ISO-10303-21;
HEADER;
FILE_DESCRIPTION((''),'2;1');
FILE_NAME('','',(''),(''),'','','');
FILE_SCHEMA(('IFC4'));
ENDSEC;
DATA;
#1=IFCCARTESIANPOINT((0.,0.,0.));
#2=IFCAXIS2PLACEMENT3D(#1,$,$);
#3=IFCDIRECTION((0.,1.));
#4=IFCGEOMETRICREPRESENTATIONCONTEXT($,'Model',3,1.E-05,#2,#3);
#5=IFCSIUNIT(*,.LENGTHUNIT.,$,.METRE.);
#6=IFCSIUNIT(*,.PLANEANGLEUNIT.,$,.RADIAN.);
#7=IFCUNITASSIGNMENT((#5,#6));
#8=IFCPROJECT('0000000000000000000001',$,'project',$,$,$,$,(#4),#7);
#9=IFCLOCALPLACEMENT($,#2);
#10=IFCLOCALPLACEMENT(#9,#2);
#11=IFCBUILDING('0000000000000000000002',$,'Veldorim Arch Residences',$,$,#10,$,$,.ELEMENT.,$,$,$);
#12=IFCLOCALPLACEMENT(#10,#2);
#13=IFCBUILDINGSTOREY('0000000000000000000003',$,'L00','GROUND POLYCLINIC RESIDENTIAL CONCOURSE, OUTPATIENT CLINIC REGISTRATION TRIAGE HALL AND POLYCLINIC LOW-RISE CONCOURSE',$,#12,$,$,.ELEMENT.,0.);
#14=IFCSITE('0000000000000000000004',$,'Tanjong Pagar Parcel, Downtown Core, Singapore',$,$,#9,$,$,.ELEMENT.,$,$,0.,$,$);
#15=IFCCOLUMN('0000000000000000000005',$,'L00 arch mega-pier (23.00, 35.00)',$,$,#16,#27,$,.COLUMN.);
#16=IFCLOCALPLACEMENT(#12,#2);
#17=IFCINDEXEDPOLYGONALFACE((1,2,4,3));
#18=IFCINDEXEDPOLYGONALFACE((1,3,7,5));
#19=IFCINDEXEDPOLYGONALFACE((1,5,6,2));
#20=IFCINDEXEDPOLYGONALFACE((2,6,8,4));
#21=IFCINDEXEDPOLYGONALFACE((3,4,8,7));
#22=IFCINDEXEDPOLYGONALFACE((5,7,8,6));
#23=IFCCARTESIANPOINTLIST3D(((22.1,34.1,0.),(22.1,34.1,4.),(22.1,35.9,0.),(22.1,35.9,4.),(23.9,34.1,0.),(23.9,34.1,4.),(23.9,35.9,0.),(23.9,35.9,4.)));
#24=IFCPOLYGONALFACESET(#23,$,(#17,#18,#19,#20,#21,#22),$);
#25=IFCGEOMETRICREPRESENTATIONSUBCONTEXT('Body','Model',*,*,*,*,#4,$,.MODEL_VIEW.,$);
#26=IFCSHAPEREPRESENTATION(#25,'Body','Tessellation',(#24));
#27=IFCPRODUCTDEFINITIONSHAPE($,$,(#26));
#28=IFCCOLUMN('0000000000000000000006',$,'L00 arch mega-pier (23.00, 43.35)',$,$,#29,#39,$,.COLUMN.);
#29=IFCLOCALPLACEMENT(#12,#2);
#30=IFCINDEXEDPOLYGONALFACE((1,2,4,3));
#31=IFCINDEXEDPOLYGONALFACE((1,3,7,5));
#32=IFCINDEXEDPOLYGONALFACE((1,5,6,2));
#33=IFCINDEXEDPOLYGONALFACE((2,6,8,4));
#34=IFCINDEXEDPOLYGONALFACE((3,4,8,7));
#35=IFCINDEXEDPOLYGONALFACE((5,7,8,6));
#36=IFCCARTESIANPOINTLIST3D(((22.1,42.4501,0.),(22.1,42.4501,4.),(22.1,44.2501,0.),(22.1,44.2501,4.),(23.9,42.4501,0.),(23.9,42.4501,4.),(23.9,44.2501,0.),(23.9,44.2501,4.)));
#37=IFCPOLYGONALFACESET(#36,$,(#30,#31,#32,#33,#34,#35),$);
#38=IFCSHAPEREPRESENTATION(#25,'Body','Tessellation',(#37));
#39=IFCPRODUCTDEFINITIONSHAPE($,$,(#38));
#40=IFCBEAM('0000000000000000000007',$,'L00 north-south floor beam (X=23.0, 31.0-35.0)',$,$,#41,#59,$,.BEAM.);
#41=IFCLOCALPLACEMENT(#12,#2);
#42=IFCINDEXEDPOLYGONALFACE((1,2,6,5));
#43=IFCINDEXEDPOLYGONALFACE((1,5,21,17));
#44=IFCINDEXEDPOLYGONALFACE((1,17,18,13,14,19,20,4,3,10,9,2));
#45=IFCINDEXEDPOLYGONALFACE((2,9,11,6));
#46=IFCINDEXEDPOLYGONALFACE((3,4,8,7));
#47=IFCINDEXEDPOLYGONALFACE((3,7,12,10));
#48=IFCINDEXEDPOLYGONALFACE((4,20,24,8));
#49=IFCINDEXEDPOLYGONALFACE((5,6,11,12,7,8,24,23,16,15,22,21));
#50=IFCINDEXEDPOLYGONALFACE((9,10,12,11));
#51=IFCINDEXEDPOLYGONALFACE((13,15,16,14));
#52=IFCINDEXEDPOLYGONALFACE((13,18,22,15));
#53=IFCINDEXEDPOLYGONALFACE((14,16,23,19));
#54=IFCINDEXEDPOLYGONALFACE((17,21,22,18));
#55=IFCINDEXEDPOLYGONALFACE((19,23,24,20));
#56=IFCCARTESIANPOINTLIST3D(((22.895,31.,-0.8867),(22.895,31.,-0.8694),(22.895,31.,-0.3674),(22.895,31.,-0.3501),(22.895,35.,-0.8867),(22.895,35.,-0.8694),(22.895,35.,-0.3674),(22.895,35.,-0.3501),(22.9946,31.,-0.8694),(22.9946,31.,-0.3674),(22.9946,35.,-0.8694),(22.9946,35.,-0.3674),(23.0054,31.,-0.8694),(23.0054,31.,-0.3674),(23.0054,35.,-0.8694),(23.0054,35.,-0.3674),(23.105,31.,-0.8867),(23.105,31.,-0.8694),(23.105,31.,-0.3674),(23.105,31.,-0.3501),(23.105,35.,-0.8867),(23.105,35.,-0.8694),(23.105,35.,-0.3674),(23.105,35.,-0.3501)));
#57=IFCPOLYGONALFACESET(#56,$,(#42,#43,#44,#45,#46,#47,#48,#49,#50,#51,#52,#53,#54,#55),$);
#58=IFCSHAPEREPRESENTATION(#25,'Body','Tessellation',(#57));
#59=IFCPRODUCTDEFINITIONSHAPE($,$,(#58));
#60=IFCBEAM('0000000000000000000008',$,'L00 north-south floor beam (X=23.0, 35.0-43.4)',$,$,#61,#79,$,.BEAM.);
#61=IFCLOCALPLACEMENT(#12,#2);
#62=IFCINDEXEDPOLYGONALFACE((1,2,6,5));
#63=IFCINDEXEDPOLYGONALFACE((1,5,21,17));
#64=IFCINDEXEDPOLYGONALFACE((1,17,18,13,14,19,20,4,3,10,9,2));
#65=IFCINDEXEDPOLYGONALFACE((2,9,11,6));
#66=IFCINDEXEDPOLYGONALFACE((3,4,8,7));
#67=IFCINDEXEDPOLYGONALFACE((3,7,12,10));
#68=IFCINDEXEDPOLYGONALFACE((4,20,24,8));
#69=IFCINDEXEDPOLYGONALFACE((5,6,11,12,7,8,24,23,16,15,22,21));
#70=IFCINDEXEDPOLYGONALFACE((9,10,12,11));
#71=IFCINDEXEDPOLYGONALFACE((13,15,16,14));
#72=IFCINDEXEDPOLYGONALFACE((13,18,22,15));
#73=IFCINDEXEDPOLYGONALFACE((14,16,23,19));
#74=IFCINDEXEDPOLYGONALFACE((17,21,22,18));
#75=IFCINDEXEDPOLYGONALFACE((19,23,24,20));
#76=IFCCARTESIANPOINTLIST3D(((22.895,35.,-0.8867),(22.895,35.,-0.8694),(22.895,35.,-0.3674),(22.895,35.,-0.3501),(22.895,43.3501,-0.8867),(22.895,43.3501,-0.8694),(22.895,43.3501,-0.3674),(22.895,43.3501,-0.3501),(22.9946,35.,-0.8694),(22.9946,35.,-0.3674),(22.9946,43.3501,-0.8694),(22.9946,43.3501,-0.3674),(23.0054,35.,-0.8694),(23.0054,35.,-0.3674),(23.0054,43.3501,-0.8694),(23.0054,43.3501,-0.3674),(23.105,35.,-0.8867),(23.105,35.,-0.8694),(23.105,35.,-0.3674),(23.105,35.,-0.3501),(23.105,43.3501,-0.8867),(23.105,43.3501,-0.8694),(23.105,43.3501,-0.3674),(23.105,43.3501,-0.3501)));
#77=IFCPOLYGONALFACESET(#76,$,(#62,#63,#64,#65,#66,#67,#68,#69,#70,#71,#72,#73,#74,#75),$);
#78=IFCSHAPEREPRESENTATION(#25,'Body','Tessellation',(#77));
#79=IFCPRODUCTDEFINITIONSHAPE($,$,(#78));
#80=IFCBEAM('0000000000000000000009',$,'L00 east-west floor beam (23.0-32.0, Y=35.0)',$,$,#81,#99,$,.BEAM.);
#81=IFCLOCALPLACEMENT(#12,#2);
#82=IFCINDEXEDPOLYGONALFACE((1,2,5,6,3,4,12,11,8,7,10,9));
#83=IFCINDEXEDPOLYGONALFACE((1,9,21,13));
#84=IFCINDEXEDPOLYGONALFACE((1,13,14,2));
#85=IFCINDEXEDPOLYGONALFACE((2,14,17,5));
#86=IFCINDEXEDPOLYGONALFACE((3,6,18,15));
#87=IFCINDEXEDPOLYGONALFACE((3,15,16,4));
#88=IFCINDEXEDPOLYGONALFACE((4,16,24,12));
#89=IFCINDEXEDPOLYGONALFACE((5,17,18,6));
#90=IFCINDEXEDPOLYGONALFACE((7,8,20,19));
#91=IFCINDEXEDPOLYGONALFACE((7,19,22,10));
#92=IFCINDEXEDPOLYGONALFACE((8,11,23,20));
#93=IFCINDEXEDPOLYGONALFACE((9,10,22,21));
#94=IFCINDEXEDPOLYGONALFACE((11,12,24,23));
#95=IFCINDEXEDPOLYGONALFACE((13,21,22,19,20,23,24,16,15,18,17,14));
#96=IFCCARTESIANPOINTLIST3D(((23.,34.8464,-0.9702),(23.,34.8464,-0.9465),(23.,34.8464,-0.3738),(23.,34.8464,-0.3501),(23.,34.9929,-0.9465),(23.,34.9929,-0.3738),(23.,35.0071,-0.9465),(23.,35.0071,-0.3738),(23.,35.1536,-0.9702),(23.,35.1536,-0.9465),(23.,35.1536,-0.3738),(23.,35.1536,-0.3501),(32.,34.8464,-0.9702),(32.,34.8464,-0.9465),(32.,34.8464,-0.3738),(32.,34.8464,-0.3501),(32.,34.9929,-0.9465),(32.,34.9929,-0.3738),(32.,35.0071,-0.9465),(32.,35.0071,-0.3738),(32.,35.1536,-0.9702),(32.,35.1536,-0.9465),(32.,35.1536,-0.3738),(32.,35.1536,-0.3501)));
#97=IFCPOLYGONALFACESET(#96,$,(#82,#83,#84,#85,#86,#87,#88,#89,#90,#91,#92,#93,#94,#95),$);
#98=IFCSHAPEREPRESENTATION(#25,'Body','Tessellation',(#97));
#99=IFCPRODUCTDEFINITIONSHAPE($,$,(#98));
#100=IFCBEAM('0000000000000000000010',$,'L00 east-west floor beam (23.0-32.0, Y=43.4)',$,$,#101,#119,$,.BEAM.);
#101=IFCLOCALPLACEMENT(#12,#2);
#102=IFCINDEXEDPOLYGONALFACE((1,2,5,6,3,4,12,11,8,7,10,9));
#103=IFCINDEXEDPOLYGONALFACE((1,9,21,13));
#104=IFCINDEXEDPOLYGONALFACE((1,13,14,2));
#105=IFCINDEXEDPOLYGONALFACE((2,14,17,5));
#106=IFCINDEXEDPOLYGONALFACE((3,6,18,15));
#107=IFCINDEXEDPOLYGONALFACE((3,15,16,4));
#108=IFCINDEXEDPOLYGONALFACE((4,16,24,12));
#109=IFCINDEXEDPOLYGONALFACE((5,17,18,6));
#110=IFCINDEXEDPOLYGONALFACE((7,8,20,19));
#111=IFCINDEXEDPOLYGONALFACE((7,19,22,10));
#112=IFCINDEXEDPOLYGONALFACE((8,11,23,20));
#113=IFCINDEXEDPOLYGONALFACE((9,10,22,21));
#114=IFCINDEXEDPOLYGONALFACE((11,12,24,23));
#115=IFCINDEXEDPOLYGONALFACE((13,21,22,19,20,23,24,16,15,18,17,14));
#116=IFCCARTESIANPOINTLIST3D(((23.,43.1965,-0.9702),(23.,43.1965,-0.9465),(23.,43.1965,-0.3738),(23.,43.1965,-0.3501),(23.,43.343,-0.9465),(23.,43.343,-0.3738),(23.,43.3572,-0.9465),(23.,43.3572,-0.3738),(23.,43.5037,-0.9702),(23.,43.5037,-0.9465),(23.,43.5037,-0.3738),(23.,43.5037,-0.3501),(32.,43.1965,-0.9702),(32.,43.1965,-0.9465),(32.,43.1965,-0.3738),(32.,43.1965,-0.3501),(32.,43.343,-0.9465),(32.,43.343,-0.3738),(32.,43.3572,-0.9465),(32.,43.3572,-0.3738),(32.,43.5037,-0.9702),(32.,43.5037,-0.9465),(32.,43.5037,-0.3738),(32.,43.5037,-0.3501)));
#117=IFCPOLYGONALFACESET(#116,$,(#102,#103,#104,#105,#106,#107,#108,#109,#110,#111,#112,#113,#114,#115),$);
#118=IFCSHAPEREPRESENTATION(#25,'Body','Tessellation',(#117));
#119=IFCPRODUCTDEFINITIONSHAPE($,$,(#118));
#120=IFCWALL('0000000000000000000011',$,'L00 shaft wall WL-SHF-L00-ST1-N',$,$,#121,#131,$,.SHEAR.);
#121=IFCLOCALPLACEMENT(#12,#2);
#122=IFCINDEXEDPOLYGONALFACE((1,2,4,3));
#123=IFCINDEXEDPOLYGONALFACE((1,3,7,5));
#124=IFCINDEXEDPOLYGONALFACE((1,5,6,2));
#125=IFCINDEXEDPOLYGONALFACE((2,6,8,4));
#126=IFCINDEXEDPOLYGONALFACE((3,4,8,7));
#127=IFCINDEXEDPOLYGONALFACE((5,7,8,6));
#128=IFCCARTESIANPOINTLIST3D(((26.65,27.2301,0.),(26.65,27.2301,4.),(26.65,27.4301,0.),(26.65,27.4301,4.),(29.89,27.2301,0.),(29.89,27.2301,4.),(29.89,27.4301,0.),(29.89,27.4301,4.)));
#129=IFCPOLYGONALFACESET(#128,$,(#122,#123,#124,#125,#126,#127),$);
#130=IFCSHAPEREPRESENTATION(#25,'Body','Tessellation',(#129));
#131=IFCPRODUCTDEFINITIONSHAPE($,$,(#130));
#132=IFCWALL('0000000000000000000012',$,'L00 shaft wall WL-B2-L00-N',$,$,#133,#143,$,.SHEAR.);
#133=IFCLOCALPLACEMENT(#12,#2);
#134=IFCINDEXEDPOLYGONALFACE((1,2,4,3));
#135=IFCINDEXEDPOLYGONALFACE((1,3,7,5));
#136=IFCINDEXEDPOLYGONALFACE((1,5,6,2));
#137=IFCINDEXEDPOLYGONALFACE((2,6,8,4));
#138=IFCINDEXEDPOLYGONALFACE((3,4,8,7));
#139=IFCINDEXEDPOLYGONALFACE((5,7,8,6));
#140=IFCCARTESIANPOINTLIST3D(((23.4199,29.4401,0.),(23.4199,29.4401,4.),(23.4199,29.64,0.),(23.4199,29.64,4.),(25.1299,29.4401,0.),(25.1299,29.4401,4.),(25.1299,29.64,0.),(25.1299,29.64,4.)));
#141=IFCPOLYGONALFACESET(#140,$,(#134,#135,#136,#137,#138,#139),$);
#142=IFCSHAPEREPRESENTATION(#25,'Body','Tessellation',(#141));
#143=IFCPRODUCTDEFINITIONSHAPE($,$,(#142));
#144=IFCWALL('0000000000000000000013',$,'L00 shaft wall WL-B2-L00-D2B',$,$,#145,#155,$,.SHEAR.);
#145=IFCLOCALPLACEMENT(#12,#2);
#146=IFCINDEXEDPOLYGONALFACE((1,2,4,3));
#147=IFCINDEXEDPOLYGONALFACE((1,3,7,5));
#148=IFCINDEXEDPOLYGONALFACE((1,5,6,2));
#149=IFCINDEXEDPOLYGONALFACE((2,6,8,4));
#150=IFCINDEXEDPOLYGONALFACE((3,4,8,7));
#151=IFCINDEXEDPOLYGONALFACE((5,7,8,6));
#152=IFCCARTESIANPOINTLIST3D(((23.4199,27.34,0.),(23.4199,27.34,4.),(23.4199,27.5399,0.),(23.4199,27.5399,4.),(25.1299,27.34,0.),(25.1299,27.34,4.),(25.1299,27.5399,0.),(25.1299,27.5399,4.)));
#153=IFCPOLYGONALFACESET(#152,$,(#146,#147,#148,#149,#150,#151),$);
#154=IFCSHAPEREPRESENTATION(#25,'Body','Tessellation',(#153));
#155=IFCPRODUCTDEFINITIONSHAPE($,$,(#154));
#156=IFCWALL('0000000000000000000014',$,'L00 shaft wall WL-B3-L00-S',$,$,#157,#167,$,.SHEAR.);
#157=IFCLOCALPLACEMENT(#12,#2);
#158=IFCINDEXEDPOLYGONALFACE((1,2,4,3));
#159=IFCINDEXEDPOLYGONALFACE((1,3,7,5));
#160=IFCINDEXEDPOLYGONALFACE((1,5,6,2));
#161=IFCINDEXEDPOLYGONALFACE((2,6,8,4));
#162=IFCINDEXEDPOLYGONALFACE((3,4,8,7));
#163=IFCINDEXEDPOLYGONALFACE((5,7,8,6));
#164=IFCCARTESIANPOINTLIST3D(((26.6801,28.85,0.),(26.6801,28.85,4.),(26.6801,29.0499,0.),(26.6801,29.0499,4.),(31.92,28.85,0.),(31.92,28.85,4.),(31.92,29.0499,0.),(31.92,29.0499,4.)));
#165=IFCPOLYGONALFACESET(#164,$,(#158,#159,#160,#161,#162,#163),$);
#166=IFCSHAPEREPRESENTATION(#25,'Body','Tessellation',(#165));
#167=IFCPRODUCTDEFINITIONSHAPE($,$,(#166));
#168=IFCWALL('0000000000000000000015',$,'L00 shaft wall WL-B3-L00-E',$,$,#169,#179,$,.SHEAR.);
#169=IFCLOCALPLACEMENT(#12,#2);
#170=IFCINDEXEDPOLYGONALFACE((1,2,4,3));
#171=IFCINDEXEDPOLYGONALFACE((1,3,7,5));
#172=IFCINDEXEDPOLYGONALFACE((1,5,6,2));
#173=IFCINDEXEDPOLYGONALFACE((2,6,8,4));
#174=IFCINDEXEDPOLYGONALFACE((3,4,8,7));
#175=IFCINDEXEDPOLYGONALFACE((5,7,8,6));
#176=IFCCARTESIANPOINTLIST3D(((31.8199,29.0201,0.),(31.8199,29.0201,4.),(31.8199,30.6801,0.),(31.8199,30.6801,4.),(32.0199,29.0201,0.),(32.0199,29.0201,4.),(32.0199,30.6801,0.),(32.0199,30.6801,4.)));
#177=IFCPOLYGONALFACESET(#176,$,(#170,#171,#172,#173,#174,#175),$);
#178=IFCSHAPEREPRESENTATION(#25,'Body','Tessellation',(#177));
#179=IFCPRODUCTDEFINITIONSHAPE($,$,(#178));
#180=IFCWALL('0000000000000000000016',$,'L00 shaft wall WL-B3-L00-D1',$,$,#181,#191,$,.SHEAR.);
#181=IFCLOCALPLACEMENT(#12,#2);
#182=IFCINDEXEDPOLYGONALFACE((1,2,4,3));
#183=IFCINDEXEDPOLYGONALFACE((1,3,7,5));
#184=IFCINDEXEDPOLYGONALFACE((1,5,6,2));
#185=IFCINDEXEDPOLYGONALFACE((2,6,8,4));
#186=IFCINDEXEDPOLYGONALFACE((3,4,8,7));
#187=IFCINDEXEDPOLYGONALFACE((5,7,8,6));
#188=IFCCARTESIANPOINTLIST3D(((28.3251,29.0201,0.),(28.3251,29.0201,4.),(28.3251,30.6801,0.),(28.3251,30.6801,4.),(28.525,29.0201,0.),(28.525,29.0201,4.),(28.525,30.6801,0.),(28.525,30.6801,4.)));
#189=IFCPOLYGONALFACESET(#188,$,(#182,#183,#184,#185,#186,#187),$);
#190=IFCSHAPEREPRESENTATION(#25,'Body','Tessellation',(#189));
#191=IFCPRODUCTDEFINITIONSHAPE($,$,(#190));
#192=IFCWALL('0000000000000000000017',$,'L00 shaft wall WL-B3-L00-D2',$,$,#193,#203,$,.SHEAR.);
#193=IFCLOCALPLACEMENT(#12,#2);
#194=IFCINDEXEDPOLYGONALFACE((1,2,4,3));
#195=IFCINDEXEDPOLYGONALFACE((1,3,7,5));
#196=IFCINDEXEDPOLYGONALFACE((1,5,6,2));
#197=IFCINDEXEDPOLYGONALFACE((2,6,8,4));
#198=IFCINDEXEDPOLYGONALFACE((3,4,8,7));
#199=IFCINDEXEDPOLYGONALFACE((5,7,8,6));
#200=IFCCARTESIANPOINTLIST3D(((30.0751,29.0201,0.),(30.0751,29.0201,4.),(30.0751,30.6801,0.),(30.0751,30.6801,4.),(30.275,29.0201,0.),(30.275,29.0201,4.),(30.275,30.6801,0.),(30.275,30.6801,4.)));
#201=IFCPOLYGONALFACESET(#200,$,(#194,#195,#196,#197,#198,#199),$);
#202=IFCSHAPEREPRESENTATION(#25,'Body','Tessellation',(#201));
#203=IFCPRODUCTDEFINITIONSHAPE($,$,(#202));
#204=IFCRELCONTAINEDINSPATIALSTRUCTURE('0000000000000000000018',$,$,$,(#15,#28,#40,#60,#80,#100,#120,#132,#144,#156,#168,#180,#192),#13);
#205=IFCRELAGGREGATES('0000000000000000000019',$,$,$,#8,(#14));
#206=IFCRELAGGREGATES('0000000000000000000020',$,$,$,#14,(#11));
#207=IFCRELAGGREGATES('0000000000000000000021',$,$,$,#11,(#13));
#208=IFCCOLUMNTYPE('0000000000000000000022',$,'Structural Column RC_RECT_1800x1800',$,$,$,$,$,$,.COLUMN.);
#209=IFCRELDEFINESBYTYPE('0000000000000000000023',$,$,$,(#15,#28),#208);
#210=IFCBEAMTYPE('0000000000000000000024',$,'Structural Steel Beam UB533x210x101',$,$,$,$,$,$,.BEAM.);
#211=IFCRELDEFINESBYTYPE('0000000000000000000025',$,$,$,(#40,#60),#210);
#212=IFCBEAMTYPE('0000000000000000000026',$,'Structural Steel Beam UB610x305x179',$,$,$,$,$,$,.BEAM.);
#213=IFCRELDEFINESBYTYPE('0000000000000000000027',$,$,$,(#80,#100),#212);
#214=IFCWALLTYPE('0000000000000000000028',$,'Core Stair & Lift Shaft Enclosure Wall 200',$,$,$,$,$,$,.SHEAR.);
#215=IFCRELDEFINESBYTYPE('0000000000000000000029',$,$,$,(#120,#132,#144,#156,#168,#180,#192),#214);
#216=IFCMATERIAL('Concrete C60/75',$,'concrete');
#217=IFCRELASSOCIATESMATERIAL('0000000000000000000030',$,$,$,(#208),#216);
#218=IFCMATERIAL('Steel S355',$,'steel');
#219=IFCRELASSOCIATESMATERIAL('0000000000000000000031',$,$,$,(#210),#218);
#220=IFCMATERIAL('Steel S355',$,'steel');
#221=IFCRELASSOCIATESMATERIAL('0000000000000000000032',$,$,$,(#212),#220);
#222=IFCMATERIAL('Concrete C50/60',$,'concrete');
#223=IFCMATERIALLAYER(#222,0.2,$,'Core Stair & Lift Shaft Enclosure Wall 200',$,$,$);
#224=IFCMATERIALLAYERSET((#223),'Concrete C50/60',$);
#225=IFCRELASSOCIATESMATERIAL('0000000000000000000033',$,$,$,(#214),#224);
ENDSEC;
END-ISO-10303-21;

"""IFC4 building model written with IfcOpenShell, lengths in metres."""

from ifc_helpers import new_model, si_unit, direction, frame, frame_2d, origin, origin_2d, place, context, subcontext, project, spatial, rectangle, i_section, extrude, material, layer, layer_set, material_profile, profile_set, type_object, element, save


model = new_model("IFC4")

# Units and contexts
model_context = context("Model", 3, precision=1e-05, world=origin(), true_north=direction((0.0, 1.0)))
body_context = subcontext(model_context, "Body", "Model", "MODEL_VIEW")
ifc_project = project(units=[si_unit("LENGTHUNIT", "METRE"), si_unit("PLANEANGLEUNIT", "RADIAN")], contexts=[model_context])

# Site, building, storey
site_placement = place(None, origin())
site = spatial("IfcSite", under=ifc_project, at=site_placement, Name="Tanjong Pagar Parcel, Downtown Core, Singapore", CompositionType="ELEMENT", RefElevation=0.0)
building_placement = place(site_placement, origin())
building = spatial("IfcBuilding", under=site, at=building_placement, Name="Veldorim Arch Residences", CompositionType="ELEMENT")
storey_placement = place(building_placement, origin())
storey = spatial("IfcBuildingStorey", under=building, at=storey_placement, Name="L00", Description="GROUND POLYCLINIC RESIDENTIAL CONCOURSE, OUTPATIENT CLINIC REGISTRATION TRIAGE HALL AND POLYCLINIC LOW-RISE CONCOURSE", CompositionType="ELEMENT", Elevation=0.0)

# Columns
ifc_material_1 = material(Name="Concrete C60/75", Category="concrete")
ifc_material_profile_1 = material_profile(ifc_material_1, rectangle(XDim=1.8, YDim=1.8, at=origin_2d()), Name="RC_RECT_1800x1800")
ifc_profile_set_1 = profile_set([ifc_material_profile_1], Name="Concrete C60/75")
column_type = type_object("IfcColumnType", Name="Structural Column RC_RECT_1800x1800", PredefinedType="COLUMN", material=ifc_profile_set_1)
for number, where, z_axis, x_axis, name in (
    (1, (23.0, 35.0, 0.0), (0.0, 0.0, 1.0), (1.0, 0.0, 0.0), "L00 arch mega-pier (23.00, 35.00)"),
    (2, (23.0, 43.3501, 0.0), (0.0, 0.0, 1.0), (1.0, 0.0, 0.0), "L00 arch mega-pier (23.00, 43.35)"),
):
    element("IfcColumn", number, at=place(storey_placement, frame(where, z_axis=z_axis, x_axis=x_axis)), inside=storey, type_object=column_type, Name=name, PredefinedType="COLUMN", context=body_context, shape_type="SweptSolid", body=[
        extrude(rectangle(XDim=1.8, YDim=1.8, at=origin_2d()), origin(), (0.0, 0.0, 1.0), 4.0),
    ])

# Beams
ifc_material_2 = material(Name="Steel S355", Category="steel")
ifc_material_profile_2 = material_profile(ifc_material_2, i_section(OverallWidth=0.21, OverallDepth=0.5366, WebThickness=0.0107, FlangeThickness=0.0173, at=origin_2d()), Name="UB533x210x101")
ifc_profile_set_2 = profile_set([ifc_material_profile_2], Name="Steel S355")
beam_type_1 = type_object("IfcBeamType", Name="Structural Steel Beam UB533x210x101", PredefinedType="BEAM", material=ifc_profile_set_2)
beam_1_placement = place(storey_placement, frame((23.0, 31.0, -0.6184), z_axis=(0.0, 1.0, 0.0), x_axis=(-1.0, 0.0, 0.0)))
element("IfcBeam", 3, at=beam_1_placement, inside=storey, type_object=beam_type_1, Name="L00 north-south floor beam (X=23.0, 31.0-35.0)", PredefinedType="BEAM", context=body_context, shape_type="SweptSolid", body=[
    extrude(i_section(OverallWidth=0.21, OverallDepth=0.5366, WebThickness=0.0107, FlangeThickness=0.0173, at=origin_2d()), origin(), (0.0, 0.0, 1.0), 4.0),
])
beam_2_placement = place(storey_placement, frame((23.0, 35.0, -0.6184), z_axis=(0.0, 1.0, 0.0), x_axis=(-1.0, 0.0, 0.0)))
element("IfcBeam", 4, at=beam_2_placement, inside=storey, type_object=beam_type_1, Name="L00 north-south floor beam (X=23.0, 35.0-43.4)", PredefinedType="BEAM", context=body_context, shape_type="SweptSolid", body=[
    extrude(i_section(OverallWidth=0.21, OverallDepth=0.5366, WebThickness=0.0107, FlangeThickness=0.0173, at=origin_2d()), origin(), (0.0, 0.0, 1.0), 8.3501),
])
ifc_material_3 = material(Name="Steel S355", Category="steel")
ifc_material_profile_3 = material_profile(ifc_material_3, i_section(OverallWidth=0.3071, OverallDepth=0.6201, WebThickness=0.0142, FlangeThickness=0.0237, at=origin_2d()), Name="UB610x305x179")
ifc_profile_set_3 = profile_set([ifc_material_profile_3], Name="Steel S355")
beam_type_2 = type_object("IfcBeamType", Name="Structural Steel Beam UB610x305x179", PredefinedType="BEAM", material=ifc_profile_set_3)
for number, where, z_axis, x_axis, name in (
    (5, (23.0, 35.0, -0.6602), (1.0, 0.0, 0.0), (0.0, 1.0, 0.0), "L00 east-west floor beam (23.0-32.0, Y=35.0)"),
    (6, (23.0, 43.3501, -0.6602), (1.0, 0.0, 0.0), (0.0, 1.0, 0.0), "L00 east-west floor beam (23.0-32.0, Y=43.4)"),
):
    element("IfcBeam", number, at=place(storey_placement, frame(where, z_axis=z_axis, x_axis=x_axis)), inside=storey, type_object=beam_type_2, Name=name, PredefinedType="BEAM", context=body_context, shape_type="SweptSolid", body=[
        extrude(i_section(OverallWidth=0.3071, OverallDepth=0.6201, WebThickness=0.0142, FlangeThickness=0.0237, at=origin_2d()), origin(), (0.0, 0.0, 1.0), 9.0),
    ])

# Wall
ifc_material_4 = material(Name="Concrete C50/60", Category="concrete")
ifc_layer_1 = layer(ifc_material_4, 0.2, Name="Core Stair & Lift Shaft Enclosure Wall 200")
ifc_layer_set_1 = layer_set([ifc_layer_1], Name="Concrete C50/60")
wall_type_1 = type_object("IfcWallType", Name="Core Stair & Lift Shaft Enclosure Wall 200", PredefinedType="SHEAR", material=ifc_layer_set_1)
wall_1_placement = place(storey_placement, frame((26.6499, 27.3301, 0.0), z_axis=(0.0, 0.0, 1.0), x_axis=(1.0, 0.0, 0.0)))
element("IfcWall", 7, at=wall_1_placement, inside=storey, type_object=wall_type_1, Name="L00 shaft wall WL-SHF-L00-ST1-N", PredefinedType="SHEAR", context=body_context, shape_type="SweptSolid", body=[
    extrude(rectangle(XDim=3.24, YDim=0.2, at=frame_2d((1.6201, 0.0))), origin(), (0.0, 0.0, 1.0), 4.0),
])

# Walls
for number, where, z_axis, x_axis, name in (
    (8, (23.4199, 29.54, 0.0), (0.0, 0.0, 1.0), (1.0, 0.0, 0.0), "L00 shaft wall WL-B2-L00-N"),
    (9, (23.4199, 27.4399, 0.0), (0.0, 0.0, 1.0), (1.0, 0.0, 0.0), "L00 shaft wall WL-B2-L00-D2B"),
):
    element("IfcWall", number, at=place(storey_placement, frame(where, z_axis=z_axis, x_axis=x_axis)), inside=storey, type_object=wall_type_1, Name=name, PredefinedType="SHEAR", context=body_context, shape_type="SweptSolid", body=[
        extrude(rectangle(XDim=1.71, YDim=0.2, at=frame_2d((0.855, 0.0))), origin(), (0.0, 0.0, 1.0), 4.0),
    ])
wall_2_placement = place(storey_placement, frame((26.6799, 28.95, 0.0), z_axis=(0.0, 0.0, 1.0), x_axis=(1.0, 0.0, 0.0)))
element("IfcWall", 10, at=wall_2_placement, inside=storey, type_object=wall_type_1, Name="L00 shaft wall WL-B3-L00-S", PredefinedType="SHEAR", context=body_context, shape_type="SweptSolid", body=[
    extrude(rectangle(XDim=5.24, YDim=0.2, at=frame_2d((2.6201, 0.0))), origin(), (0.0, 0.0, 1.0), 4.0),
])
for number, where, z_axis, x_axis, name in (
    (11, (31.9199, 29.02, 0.0), (0.0, 0.0, 1.0), (0.0, 1.0, 0.0), "L00 shaft wall WL-B3-L00-E"),
    (12, (28.425, 29.02, 0.0), (0.0, 0.0, 1.0), (0.0, 1.0, 0.0), "L00 shaft wall WL-B3-L00-D1"),
    (13, (30.175, 29.02, 0.0), (0.0, 0.0, 1.0), (0.0, 1.0, 0.0), "L00 shaft wall WL-B3-L00-D2"),
):
    element("IfcWall", number, at=place(storey_placement, frame(where, z_axis=z_axis, x_axis=x_axis)), inside=storey, type_object=wall_type_1, Name=name, PredefinedType="SHEAR", context=body_context, shape_type="SweptSolid", body=[
        extrude(rectangle(XDim=1.6599, YDim=0.2, at=frame_2d((0.8301, 0.0))), origin(), (0.0, 0.0, 1.0), 4.0),
    ])

save(model, "model.ifc")
